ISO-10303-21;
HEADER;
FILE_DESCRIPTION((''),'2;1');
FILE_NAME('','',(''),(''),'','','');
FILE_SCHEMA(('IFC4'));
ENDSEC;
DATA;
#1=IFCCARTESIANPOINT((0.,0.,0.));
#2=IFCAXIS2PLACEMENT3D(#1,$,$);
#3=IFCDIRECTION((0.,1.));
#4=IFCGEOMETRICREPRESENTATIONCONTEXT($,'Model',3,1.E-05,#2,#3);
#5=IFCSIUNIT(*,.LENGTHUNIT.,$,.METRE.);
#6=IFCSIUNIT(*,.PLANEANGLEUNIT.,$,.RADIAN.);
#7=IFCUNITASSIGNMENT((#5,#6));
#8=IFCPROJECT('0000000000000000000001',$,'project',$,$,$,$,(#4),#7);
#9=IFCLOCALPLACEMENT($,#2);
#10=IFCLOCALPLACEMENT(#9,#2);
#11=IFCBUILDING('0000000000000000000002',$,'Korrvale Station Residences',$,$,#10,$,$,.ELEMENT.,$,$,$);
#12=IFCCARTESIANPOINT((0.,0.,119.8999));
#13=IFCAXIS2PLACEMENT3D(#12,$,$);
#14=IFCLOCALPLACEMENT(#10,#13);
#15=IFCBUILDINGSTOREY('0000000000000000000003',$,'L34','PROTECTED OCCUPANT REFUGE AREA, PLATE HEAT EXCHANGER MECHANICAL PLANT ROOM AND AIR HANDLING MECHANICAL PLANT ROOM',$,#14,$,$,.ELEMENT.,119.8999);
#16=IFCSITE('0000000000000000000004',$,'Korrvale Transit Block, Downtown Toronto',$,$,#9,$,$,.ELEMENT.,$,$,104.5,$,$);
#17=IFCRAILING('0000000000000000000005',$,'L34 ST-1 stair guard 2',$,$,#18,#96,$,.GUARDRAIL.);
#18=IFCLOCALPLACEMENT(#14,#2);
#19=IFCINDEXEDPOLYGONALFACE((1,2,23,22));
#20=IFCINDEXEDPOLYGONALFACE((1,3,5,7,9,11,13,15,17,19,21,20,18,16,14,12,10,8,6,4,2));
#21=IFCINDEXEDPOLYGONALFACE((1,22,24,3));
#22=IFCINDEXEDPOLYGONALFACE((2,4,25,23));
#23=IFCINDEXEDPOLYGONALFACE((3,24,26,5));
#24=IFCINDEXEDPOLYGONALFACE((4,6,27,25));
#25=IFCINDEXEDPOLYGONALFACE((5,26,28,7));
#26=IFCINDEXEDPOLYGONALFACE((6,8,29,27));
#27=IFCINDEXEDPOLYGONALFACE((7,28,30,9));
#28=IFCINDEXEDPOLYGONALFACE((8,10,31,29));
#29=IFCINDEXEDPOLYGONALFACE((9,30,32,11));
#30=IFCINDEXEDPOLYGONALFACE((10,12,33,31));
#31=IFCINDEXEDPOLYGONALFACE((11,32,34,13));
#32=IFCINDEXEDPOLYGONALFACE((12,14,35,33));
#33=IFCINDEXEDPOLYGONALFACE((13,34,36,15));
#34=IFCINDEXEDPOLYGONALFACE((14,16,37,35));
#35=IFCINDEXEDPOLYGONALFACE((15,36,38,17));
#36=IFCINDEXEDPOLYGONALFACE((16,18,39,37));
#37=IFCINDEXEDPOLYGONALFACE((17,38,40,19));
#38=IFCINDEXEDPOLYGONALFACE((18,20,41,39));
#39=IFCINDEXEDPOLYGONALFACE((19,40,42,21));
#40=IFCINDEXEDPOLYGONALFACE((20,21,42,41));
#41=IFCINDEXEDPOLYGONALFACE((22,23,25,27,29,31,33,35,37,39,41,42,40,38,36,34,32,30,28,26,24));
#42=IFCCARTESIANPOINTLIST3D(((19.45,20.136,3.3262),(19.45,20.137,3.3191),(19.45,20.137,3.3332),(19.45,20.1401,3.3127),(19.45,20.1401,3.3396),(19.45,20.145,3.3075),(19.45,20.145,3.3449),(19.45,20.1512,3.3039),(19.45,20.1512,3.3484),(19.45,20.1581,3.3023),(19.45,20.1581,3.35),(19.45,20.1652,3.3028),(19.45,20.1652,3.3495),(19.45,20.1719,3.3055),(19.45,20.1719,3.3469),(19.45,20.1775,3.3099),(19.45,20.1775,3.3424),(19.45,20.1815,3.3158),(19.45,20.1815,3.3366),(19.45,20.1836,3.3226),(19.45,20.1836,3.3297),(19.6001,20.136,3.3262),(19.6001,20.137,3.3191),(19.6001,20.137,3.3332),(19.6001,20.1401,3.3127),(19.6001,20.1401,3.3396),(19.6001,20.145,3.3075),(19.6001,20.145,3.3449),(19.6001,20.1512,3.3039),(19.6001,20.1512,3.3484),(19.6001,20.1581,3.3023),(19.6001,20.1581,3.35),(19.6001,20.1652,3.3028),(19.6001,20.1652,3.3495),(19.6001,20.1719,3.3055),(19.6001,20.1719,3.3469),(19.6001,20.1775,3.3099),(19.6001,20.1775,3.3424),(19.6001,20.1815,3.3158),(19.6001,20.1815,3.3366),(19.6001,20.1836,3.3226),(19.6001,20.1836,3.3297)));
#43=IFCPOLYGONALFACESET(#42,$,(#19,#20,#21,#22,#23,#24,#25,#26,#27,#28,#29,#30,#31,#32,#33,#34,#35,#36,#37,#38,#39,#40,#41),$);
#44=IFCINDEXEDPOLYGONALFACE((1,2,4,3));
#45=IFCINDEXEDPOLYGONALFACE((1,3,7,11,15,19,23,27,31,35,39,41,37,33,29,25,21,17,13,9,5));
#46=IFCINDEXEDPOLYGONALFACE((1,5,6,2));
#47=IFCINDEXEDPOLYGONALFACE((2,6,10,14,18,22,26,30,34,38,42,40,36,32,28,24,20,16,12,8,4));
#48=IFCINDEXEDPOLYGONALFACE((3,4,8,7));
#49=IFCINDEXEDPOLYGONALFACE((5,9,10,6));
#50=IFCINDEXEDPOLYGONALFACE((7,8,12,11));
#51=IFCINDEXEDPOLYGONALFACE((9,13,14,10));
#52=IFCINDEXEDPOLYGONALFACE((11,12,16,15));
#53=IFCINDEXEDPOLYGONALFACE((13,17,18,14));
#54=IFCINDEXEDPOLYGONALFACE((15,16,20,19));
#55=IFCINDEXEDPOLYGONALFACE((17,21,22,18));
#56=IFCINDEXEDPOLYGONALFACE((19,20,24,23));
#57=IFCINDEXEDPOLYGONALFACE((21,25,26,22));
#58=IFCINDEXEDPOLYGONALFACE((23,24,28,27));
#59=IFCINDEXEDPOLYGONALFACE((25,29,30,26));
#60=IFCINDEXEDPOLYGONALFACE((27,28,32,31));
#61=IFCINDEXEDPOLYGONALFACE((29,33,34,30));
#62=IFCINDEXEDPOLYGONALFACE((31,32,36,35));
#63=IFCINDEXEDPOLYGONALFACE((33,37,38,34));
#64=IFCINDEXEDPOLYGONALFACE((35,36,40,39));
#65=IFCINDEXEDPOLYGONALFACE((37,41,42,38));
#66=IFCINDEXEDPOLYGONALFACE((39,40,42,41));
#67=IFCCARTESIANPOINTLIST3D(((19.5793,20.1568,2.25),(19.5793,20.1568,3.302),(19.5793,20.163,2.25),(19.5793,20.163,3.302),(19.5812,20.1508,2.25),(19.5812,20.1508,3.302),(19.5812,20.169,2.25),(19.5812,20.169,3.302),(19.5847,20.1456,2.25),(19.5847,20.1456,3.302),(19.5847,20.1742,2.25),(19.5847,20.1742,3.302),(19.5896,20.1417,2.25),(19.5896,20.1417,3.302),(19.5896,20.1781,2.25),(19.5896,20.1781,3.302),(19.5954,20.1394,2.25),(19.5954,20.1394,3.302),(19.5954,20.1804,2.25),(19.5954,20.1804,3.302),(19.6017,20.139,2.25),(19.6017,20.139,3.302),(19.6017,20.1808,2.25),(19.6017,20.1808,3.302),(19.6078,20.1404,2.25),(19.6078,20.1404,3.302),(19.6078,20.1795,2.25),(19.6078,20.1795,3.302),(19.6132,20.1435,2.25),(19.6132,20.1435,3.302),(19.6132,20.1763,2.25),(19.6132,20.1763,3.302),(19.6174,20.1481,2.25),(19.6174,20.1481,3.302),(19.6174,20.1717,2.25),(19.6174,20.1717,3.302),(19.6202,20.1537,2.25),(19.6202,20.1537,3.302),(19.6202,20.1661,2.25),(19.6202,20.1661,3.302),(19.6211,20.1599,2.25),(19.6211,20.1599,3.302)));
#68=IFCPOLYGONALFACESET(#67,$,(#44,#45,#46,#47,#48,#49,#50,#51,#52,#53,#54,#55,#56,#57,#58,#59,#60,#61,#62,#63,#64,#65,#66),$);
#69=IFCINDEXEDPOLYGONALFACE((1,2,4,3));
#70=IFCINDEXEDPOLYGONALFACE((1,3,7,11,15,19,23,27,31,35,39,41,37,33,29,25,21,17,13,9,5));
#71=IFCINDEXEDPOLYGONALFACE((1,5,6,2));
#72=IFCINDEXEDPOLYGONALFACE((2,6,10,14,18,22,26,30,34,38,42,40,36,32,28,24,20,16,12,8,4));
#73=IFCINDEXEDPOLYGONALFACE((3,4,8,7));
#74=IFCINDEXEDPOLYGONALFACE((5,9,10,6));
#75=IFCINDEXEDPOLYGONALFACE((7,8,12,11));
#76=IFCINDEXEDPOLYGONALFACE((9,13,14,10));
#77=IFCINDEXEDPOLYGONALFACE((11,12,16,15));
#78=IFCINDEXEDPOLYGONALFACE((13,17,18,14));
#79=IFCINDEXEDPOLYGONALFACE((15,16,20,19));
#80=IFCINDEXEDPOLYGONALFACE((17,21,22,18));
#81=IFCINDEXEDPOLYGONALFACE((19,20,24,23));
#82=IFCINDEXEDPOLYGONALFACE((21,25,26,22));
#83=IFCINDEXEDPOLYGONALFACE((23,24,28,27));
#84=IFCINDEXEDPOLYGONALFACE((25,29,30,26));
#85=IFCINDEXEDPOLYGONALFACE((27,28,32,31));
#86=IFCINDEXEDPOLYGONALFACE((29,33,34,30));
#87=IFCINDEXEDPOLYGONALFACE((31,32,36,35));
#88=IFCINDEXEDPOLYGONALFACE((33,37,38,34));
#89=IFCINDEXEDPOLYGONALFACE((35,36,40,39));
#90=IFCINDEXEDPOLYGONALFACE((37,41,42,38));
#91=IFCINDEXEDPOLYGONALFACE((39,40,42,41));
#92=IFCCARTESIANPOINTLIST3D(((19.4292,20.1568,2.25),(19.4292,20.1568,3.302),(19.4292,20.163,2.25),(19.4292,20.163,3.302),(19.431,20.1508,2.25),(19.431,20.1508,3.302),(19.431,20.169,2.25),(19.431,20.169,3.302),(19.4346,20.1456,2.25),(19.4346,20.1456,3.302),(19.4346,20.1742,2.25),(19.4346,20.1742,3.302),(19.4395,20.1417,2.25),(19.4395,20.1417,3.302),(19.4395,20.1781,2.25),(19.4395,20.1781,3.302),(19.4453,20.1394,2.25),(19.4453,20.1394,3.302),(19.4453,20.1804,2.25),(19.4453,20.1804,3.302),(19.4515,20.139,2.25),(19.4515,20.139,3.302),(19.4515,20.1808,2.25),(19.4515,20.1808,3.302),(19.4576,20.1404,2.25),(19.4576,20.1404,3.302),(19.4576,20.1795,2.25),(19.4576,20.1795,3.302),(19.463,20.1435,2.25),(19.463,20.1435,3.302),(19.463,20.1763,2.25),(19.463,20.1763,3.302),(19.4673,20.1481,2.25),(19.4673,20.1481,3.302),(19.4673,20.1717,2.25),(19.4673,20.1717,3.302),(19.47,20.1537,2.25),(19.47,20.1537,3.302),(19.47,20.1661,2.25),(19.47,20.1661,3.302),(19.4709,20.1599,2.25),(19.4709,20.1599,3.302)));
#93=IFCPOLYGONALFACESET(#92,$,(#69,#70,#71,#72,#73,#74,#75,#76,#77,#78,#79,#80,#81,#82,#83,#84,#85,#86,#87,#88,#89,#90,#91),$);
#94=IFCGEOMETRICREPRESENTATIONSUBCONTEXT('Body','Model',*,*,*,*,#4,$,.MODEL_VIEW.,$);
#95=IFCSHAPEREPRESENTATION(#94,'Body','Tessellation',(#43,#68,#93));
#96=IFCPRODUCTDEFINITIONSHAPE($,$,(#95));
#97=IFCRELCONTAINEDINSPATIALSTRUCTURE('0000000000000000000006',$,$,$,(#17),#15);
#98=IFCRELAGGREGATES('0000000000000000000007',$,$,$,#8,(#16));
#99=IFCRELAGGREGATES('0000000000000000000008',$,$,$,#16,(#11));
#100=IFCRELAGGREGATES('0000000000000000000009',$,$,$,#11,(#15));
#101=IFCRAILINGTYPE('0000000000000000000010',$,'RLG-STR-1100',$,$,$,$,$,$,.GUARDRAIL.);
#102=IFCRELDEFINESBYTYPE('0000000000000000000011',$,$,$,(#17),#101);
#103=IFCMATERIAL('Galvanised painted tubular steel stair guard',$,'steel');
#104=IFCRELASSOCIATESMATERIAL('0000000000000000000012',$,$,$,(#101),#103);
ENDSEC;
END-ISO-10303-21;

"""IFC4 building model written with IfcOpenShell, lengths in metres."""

from ifc_helpers import new_model, si_unit, direction, frame, origin, origin_2d, place, context, subcontext, project, spatial, circle, extrude, material, type_object, element, save


model = new_model("IFC4")

# Units and contexts
model_context = context("Model", 3, precision=1e-05, world=origin(), true_north=direction((0.0, 1.0)))
body_context = subcontext(model_context, "Body", "Model", "MODEL_VIEW")
ifc_project = project(units=[si_unit("LENGTHUNIT", "METRE"), si_unit("PLANEANGLEUNIT", "RADIAN")], contexts=[model_context])

# Site, building, storey
site_placement = place(None, origin())
site = spatial("IfcSite", under=ifc_project, at=site_placement, Name="Korrvale Transit Block, Downtown Toronto", CompositionType="ELEMENT", RefElevation=104.5)
building_placement = place(site_placement, origin())
building = spatial("IfcBuilding", under=site, at=building_placement, Name="Korrvale Station Residences", CompositionType="ELEMENT")
storey_placement = place(building_placement, frame((0.0, 0.0, 119.8999)))
storey = spatial("IfcBuildingStorey", under=building, at=storey_placement, Name="L34", Description="PROTECTED OCCUPANT REFUGE AREA, PLATE HEAT EXCHANGER MECHANICAL PLANT ROOM AND AIR HANDLING MECHANICAL PLANT ROOM", CompositionType="ELEMENT", Elevation=119.8999)

# Railing
ifc_material_1 = material(Name="Galvanised painted tubular steel stair guard", Category="steel")
railing_type_1 = type_object("IfcRailingType", Name="RLG-STR-1100", PredefinedType="GUARDRAIL", material=ifc_material_1)
railing_1_placement = place(storey_placement, frame((19.6001, 20.1599, 2.25)))
element("IfcRailing", 1, at=railing_1_placement, inside=storey, type_object=railing_type_1, Name="L34 ST-1 stair guard 2", PredefinedType="GUARDRAIL", context=body_context, shape_type="SweptSolid", body=[
    extrude(circle(Radius=0.0239, at=origin_2d()), frame((0.0, 0.0, 1.0762), z_axis=(-1.0, 0.0, 0.0), x_axis=(0.0, -1.0, 0.0)), (0.0, 0.0, 1.0), 0.1501),
    extrude(circle(Radius=0.021, at=origin_2d()), origin(), (0.0, 0.0, 1.0), 1.052),
    extrude(circle(Radius=0.021, at=origin_2d()), frame((-0.1501, 0.0, 0.0)), (0.0, 0.0, 1.0), 1.052),
])

save(model, "model.ifc")
